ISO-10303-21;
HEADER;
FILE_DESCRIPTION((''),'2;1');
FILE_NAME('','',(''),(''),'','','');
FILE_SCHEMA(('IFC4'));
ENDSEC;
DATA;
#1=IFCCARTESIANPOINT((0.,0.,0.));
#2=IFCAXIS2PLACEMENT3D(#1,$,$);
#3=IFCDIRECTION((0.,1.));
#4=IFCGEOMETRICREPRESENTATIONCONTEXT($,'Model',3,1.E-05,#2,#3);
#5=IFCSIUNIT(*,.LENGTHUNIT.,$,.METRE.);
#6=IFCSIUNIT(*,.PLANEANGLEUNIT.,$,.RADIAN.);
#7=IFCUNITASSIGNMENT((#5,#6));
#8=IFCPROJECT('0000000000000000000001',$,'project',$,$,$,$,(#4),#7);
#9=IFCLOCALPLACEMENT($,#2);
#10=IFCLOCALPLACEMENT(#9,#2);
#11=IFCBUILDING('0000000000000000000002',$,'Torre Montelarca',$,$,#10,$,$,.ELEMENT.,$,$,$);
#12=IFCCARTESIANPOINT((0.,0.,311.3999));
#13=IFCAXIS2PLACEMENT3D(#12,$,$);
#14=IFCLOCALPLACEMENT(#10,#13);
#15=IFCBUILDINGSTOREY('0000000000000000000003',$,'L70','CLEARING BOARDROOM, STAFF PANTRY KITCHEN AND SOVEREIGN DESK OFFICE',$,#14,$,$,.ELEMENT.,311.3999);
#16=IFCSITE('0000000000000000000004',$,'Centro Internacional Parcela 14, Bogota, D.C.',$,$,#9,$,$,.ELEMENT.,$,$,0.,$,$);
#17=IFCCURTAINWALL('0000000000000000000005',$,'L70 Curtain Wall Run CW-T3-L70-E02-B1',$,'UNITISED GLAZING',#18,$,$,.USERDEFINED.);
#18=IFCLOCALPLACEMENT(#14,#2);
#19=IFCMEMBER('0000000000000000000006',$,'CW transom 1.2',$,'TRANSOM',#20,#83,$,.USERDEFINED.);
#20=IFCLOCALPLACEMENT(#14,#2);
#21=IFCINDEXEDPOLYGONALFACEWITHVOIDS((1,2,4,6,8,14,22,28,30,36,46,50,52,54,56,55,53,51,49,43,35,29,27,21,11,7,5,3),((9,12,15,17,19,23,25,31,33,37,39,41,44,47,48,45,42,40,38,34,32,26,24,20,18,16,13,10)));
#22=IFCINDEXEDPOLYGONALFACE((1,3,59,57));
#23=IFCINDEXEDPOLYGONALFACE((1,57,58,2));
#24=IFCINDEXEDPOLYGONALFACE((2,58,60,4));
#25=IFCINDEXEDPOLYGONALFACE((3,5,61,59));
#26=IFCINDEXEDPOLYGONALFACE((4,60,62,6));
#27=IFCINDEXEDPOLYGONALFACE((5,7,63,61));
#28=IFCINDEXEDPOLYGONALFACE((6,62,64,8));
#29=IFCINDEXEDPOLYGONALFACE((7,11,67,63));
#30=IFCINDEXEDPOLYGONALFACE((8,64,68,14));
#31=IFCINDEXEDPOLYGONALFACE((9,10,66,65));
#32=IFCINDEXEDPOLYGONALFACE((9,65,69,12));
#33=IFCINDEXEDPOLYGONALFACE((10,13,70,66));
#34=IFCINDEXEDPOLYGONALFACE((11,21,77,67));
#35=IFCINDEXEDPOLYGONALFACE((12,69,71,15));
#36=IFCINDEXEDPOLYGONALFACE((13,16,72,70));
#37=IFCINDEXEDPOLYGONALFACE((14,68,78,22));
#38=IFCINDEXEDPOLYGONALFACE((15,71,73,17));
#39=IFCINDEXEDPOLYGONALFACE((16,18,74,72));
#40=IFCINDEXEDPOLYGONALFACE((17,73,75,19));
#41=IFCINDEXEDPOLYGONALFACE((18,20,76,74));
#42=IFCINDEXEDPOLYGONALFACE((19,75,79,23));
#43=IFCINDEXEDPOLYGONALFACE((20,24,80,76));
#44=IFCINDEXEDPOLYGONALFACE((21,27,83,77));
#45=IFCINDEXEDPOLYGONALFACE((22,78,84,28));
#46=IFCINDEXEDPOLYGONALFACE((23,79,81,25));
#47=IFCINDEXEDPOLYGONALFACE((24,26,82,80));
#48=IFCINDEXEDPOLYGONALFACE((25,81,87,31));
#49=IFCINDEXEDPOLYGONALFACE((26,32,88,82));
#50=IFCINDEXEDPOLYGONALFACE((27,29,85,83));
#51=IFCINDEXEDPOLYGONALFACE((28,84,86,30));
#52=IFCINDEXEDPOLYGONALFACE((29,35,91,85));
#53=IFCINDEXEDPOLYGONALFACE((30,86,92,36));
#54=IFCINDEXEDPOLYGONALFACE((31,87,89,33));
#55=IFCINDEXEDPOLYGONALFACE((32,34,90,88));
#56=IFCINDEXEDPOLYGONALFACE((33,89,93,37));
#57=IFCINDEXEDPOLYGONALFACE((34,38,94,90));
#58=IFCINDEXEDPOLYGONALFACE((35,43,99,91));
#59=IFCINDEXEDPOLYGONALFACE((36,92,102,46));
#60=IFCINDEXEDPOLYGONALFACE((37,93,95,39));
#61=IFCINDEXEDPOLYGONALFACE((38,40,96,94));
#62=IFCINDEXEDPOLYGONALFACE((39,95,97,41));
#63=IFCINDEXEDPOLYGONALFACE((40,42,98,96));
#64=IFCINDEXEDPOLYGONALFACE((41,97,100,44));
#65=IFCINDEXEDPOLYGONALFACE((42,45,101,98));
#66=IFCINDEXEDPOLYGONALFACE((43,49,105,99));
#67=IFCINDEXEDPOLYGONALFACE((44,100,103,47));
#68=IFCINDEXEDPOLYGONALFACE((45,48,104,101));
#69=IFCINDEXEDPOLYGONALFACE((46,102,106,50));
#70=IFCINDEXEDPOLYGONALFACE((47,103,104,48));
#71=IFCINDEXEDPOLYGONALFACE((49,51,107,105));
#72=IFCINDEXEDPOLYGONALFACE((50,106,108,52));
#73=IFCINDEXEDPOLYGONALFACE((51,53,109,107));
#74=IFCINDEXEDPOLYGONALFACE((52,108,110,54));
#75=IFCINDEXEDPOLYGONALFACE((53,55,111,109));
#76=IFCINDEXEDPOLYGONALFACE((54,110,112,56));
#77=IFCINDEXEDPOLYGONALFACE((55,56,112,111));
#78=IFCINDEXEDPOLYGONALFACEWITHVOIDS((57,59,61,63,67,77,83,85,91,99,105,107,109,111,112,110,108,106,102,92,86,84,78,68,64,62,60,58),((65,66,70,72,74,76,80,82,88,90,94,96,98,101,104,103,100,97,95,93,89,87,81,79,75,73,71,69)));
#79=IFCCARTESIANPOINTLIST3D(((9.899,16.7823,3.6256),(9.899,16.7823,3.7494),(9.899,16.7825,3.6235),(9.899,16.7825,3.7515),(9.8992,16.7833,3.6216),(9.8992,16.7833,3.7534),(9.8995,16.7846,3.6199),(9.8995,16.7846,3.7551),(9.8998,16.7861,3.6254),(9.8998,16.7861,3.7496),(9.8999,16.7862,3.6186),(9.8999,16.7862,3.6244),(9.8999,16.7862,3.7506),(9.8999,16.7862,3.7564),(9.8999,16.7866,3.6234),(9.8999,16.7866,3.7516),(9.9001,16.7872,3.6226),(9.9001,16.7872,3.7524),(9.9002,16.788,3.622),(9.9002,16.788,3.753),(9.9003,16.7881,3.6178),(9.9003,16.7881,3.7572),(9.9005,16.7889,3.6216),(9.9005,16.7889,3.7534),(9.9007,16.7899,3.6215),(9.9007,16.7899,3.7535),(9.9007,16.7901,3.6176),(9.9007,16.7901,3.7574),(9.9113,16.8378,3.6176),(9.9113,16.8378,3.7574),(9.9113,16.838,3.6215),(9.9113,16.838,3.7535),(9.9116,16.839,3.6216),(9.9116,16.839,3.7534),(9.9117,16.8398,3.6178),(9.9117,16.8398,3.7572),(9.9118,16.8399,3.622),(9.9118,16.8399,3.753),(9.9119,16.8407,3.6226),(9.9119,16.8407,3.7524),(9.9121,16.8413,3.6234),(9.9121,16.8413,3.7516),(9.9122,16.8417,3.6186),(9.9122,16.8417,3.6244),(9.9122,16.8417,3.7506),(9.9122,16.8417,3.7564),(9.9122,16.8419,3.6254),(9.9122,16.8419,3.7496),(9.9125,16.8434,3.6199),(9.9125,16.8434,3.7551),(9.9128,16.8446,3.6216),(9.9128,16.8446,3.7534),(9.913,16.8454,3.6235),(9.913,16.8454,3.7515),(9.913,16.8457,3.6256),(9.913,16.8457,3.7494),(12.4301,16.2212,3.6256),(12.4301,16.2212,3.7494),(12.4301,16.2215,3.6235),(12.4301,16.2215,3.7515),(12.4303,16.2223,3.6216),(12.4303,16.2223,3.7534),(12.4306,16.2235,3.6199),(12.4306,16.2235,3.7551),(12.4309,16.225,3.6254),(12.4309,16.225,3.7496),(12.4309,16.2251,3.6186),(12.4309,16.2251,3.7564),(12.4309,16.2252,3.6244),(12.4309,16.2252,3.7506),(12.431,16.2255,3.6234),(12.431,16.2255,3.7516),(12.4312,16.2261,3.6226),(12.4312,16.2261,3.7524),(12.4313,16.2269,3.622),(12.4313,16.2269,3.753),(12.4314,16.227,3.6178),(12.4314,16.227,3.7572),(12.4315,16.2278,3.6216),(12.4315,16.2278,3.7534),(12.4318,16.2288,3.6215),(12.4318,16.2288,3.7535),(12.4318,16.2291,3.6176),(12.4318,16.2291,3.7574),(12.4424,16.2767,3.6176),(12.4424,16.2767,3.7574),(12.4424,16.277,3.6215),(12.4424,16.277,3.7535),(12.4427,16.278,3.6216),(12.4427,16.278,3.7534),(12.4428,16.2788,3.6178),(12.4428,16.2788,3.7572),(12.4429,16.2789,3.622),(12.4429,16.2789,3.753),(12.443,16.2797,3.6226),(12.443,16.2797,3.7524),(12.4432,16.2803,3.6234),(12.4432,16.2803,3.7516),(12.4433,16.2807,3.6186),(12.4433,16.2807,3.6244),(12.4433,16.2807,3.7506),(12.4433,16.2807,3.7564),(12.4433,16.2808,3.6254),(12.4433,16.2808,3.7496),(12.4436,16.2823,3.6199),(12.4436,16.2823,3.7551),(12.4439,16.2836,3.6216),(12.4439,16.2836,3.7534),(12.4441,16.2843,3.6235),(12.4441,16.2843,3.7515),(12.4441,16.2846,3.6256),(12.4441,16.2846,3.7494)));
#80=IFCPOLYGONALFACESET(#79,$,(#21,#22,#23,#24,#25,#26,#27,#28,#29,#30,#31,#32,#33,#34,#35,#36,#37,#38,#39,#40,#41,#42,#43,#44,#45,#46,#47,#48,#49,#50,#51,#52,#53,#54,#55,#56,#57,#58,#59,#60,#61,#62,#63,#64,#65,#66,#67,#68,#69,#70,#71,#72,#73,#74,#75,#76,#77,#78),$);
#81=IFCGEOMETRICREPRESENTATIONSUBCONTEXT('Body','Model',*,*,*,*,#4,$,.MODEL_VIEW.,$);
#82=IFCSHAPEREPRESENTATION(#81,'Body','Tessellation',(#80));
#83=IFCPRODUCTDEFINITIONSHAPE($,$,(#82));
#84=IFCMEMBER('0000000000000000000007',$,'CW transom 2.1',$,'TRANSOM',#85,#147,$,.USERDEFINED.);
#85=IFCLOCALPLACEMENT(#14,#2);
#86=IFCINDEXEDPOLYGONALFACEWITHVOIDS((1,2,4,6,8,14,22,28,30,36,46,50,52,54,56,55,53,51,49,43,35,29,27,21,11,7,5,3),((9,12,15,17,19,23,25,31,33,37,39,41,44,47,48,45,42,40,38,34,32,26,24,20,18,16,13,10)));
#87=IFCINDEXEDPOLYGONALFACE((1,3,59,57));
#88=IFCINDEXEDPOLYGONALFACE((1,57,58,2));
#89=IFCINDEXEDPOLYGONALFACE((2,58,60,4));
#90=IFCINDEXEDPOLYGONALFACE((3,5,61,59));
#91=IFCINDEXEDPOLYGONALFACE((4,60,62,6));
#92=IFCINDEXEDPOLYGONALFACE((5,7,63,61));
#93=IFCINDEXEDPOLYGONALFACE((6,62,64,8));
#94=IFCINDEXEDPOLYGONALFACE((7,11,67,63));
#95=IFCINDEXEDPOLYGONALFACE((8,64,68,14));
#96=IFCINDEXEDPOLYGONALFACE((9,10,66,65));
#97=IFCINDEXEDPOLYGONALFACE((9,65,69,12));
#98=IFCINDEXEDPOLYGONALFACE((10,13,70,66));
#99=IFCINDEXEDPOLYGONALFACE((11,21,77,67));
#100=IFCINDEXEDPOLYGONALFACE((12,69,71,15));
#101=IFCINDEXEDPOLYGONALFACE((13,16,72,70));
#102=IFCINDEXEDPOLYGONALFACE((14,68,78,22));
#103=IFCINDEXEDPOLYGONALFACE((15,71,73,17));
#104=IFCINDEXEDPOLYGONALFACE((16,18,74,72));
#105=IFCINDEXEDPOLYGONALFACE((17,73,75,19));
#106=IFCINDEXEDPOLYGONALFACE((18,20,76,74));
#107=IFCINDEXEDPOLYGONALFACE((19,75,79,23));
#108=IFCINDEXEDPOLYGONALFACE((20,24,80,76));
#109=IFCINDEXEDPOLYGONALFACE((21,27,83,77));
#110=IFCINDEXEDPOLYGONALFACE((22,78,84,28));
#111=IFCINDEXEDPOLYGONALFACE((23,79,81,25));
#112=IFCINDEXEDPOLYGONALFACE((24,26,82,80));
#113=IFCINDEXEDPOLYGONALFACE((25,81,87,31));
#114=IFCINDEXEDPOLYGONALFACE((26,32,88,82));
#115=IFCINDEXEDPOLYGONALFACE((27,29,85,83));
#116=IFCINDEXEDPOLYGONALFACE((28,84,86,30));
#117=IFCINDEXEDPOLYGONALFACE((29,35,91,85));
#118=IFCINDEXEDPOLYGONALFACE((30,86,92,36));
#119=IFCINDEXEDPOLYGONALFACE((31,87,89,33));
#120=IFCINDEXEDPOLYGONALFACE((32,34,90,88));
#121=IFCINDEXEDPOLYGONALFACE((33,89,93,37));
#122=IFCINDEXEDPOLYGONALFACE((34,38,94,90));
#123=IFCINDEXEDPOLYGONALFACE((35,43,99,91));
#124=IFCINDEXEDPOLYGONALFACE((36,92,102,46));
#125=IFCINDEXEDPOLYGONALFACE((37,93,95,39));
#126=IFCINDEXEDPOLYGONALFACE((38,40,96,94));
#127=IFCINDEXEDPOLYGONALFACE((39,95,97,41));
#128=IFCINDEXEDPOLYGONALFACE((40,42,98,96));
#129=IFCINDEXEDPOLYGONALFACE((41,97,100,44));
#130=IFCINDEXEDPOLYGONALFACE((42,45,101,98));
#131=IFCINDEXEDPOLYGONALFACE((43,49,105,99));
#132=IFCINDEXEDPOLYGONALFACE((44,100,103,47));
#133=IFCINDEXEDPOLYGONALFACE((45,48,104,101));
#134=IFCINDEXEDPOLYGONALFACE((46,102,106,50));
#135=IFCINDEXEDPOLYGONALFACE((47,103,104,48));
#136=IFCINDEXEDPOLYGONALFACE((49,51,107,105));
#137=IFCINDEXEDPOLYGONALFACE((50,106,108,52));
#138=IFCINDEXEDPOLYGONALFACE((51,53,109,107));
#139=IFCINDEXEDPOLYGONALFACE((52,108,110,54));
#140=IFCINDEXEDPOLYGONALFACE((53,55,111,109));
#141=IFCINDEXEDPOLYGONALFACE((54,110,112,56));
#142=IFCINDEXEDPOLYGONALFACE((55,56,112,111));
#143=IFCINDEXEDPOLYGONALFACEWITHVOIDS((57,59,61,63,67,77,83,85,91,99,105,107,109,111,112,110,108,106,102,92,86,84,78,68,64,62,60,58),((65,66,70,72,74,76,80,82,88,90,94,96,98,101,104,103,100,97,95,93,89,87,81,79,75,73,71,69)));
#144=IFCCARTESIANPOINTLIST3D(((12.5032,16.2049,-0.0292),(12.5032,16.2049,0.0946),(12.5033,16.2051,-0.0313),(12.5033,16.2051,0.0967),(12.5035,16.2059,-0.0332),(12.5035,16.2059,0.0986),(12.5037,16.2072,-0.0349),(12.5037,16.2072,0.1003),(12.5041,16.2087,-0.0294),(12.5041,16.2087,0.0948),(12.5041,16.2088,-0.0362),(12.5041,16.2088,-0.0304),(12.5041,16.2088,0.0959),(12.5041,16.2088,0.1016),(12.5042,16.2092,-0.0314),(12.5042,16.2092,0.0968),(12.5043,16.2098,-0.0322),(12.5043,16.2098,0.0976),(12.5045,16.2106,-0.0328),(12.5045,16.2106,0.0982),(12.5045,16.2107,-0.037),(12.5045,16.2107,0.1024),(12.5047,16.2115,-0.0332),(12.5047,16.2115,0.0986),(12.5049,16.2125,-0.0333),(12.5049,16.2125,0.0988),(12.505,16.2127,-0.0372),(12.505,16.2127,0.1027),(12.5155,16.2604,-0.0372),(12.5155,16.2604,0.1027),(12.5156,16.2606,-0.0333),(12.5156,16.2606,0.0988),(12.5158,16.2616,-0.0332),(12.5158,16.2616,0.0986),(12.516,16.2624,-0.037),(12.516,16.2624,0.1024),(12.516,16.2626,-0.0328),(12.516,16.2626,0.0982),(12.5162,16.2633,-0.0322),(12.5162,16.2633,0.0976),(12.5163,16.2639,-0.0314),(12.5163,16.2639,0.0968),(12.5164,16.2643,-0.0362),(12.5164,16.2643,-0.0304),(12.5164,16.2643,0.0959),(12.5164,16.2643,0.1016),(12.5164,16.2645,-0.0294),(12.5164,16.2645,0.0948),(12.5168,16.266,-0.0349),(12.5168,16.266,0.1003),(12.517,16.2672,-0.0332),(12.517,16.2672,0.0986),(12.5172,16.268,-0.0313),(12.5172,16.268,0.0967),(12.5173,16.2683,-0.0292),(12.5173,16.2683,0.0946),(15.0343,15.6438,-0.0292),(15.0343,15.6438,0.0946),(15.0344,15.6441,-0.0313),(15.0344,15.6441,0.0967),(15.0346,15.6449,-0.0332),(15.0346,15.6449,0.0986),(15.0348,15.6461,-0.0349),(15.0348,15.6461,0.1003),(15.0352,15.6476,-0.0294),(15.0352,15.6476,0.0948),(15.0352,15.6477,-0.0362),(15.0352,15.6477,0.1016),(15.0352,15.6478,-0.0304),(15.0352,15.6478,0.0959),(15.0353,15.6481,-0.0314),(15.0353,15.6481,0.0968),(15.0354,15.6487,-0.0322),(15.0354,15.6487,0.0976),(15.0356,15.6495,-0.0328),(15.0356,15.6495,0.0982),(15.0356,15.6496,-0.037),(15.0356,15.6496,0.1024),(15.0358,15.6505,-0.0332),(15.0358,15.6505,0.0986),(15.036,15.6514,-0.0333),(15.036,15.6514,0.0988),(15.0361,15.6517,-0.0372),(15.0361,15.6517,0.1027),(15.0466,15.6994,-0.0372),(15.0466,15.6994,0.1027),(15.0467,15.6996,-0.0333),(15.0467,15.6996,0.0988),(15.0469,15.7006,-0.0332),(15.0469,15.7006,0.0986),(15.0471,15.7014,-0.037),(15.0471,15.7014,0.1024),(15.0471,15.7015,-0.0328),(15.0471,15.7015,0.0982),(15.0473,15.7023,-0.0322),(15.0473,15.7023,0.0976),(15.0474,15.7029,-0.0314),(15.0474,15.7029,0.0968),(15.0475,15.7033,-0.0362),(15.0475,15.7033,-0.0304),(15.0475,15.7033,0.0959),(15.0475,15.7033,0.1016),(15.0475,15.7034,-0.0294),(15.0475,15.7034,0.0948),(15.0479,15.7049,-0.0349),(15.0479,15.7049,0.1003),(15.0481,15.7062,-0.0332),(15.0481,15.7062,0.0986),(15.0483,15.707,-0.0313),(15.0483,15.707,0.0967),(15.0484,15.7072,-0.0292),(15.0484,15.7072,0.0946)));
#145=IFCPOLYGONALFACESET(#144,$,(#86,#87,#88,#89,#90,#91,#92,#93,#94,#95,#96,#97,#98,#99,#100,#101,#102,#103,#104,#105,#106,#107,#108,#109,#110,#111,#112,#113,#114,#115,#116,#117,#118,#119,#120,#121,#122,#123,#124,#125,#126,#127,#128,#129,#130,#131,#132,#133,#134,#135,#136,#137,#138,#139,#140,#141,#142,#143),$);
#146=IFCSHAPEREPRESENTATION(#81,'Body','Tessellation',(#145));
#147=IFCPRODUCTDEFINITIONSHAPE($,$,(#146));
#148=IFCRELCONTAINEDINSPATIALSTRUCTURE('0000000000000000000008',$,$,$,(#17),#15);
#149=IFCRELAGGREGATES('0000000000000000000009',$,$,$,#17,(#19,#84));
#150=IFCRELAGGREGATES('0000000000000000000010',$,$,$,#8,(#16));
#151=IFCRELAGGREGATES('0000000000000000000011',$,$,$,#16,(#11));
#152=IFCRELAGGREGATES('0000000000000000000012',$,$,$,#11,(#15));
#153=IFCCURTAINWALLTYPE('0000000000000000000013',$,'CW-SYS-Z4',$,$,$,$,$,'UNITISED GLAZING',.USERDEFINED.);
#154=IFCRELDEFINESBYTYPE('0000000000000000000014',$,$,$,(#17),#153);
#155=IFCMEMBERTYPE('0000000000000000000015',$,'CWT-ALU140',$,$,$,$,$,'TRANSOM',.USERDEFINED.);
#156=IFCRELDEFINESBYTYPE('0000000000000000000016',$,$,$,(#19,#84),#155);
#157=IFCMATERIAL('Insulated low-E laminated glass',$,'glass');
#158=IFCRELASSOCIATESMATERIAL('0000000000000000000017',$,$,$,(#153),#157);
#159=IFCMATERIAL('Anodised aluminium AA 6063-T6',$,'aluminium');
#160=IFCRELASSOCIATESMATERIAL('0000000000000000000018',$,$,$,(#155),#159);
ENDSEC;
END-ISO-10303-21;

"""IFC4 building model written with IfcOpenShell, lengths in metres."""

from ifc_helpers import new_model, si_unit, direction, frame, origin, origin_2d, place, context, subcontext, project, spatial, hollow_rectangle, extrude, source, transform, mapped, material, material_profile, profile_set, type_object, element, aggregate, save


model = new_model("IFC4")

# Units and contexts
model_context = context("Model", 3, precision=1e-05, world=origin(), true_north=direction((0.0, 1.0)))
body_context = subcontext(model_context, "Body", "Model", "MODEL_VIEW")
ifc_project = project(units=[si_unit("LENGTHUNIT", "METRE"), si_unit("PLANEANGLEUNIT", "RADIAN")], contexts=[model_context])

# Site, building, storey
site_placement = place(None, origin())
site = spatial("IfcSite", under=ifc_project, at=site_placement, Name="Centro Internacional Parcela 14, Bogota, D.C.", CompositionType="ELEMENT", RefElevation=0.0)
building_placement = place(site_placement, origin())
building = spatial("IfcBuilding", under=site, at=building_placement, Name="Torre Montelarca", CompositionType="ELEMENT")
storey_placement = place(building_placement, frame((0.0, 0.0, 311.3999)))
storey = spatial("IfcBuildingStorey", under=building, at=storey_placement, Name="L70", Description="CLEARING BOARDROOM, STAFF PANTRY KITCHEN AND SOVEREIGN DESK OFFICE", CompositionType="ELEMENT", Elevation=311.3999)

# Curtain wall
ifc_material_1 = material(Name="Insulated low-E laminated glass", Category="glass")
curtain_wall_type = type_object("IfcCurtainWallType", Name="CW-SYS-Z4", ElementType="UNITISED GLAZING", PredefinedType="USERDEFINED", material=ifc_material_1)
curtain_wall_1_placement = place(storey_placement, origin())
curtain_wall_1 = element("IfcCurtainWall", 1, at=curtain_wall_1_placement, inside=storey, type_object=curtain_wall_type, Name="L70 Curtain Wall Run CW-T3-L70-E02-B1", ObjectType="UNITISED GLAZING", PredefinedType="USERDEFINED")
ifc_material_2 = material(Name="Anodised aluminium AA 6063-T6", Category="aluminium")

# Members
ifc_material_profile_1 = material_profile(ifc_material_2, hollow_rectangle(XDim=0.0649, YDim=0.1399, WallThickness=0.0039, InnerFilletRadius=0.0039, OuterFilletRadius=0.0081, at=origin_2d()), Name="ALU65X140X4", Category="aluminium")
ifc_profile_set_1 = profile_set([ifc_material_profile_1], Name="Anodised aluminium AA 6063-T6")
member_type_1 = type_object("IfcMemberType", Name="CWT-ALU140", ElementType="TRANSOM", PredefinedType="USERDEFINED", material=ifc_profile_set_1)
shared_shape_1 = source(origin(), body_context, "Body", "SweptSolid", [
    extrude(hollow_rectangle(XDim=0.0649, YDim=0.1399, WallThickness=0.0039, InnerFilletRadius=0.0039, OuterFilletRadius=0.0081, at=origin_2d()), origin(), (0.0, 0.0, 1.0), 2.5925),
])
member_1_placement = place(storey_placement, frame((9.906, 16.814, 3.6875), z_axis=(0.976302, -0.216412, 0.0), x_axis=(0.216412, 0.976302, 0.0)))
member_1 = element("IfcMember", 2, at=member_1_placement, type_object=member_type_1, Name="CW transom 1.2", ObjectType="TRANSOM", PredefinedType="USERDEFINED", context=body_context, shape_type="MappedRepresentation", body=[
    mapped(shared_shape_1, transform((0.0, 0.0, 0.0), scale=1.0)),
])
member_2_placement = place(storey_placement, frame((12.5103, 16.2366, 0.0327), z_axis=(0.976302, -0.216412, 0.0), x_axis=(0.216412, 0.976302, 0.0)))
member_2 = element("IfcMember", 3, at=member_2_placement, type_object=member_type_1, Name="CW transom 2.1", ObjectType="TRANSOM", PredefinedType="USERDEFINED", context=body_context, shape_type="MappedRepresentation", body=[
    mapped(shared_shape_1, transform((0.0, 0.0, 0.0), scale=1.0)),
])

aggregate(curtain_wall_1, [member_1, member_2])

save(model, "model.ifc")
